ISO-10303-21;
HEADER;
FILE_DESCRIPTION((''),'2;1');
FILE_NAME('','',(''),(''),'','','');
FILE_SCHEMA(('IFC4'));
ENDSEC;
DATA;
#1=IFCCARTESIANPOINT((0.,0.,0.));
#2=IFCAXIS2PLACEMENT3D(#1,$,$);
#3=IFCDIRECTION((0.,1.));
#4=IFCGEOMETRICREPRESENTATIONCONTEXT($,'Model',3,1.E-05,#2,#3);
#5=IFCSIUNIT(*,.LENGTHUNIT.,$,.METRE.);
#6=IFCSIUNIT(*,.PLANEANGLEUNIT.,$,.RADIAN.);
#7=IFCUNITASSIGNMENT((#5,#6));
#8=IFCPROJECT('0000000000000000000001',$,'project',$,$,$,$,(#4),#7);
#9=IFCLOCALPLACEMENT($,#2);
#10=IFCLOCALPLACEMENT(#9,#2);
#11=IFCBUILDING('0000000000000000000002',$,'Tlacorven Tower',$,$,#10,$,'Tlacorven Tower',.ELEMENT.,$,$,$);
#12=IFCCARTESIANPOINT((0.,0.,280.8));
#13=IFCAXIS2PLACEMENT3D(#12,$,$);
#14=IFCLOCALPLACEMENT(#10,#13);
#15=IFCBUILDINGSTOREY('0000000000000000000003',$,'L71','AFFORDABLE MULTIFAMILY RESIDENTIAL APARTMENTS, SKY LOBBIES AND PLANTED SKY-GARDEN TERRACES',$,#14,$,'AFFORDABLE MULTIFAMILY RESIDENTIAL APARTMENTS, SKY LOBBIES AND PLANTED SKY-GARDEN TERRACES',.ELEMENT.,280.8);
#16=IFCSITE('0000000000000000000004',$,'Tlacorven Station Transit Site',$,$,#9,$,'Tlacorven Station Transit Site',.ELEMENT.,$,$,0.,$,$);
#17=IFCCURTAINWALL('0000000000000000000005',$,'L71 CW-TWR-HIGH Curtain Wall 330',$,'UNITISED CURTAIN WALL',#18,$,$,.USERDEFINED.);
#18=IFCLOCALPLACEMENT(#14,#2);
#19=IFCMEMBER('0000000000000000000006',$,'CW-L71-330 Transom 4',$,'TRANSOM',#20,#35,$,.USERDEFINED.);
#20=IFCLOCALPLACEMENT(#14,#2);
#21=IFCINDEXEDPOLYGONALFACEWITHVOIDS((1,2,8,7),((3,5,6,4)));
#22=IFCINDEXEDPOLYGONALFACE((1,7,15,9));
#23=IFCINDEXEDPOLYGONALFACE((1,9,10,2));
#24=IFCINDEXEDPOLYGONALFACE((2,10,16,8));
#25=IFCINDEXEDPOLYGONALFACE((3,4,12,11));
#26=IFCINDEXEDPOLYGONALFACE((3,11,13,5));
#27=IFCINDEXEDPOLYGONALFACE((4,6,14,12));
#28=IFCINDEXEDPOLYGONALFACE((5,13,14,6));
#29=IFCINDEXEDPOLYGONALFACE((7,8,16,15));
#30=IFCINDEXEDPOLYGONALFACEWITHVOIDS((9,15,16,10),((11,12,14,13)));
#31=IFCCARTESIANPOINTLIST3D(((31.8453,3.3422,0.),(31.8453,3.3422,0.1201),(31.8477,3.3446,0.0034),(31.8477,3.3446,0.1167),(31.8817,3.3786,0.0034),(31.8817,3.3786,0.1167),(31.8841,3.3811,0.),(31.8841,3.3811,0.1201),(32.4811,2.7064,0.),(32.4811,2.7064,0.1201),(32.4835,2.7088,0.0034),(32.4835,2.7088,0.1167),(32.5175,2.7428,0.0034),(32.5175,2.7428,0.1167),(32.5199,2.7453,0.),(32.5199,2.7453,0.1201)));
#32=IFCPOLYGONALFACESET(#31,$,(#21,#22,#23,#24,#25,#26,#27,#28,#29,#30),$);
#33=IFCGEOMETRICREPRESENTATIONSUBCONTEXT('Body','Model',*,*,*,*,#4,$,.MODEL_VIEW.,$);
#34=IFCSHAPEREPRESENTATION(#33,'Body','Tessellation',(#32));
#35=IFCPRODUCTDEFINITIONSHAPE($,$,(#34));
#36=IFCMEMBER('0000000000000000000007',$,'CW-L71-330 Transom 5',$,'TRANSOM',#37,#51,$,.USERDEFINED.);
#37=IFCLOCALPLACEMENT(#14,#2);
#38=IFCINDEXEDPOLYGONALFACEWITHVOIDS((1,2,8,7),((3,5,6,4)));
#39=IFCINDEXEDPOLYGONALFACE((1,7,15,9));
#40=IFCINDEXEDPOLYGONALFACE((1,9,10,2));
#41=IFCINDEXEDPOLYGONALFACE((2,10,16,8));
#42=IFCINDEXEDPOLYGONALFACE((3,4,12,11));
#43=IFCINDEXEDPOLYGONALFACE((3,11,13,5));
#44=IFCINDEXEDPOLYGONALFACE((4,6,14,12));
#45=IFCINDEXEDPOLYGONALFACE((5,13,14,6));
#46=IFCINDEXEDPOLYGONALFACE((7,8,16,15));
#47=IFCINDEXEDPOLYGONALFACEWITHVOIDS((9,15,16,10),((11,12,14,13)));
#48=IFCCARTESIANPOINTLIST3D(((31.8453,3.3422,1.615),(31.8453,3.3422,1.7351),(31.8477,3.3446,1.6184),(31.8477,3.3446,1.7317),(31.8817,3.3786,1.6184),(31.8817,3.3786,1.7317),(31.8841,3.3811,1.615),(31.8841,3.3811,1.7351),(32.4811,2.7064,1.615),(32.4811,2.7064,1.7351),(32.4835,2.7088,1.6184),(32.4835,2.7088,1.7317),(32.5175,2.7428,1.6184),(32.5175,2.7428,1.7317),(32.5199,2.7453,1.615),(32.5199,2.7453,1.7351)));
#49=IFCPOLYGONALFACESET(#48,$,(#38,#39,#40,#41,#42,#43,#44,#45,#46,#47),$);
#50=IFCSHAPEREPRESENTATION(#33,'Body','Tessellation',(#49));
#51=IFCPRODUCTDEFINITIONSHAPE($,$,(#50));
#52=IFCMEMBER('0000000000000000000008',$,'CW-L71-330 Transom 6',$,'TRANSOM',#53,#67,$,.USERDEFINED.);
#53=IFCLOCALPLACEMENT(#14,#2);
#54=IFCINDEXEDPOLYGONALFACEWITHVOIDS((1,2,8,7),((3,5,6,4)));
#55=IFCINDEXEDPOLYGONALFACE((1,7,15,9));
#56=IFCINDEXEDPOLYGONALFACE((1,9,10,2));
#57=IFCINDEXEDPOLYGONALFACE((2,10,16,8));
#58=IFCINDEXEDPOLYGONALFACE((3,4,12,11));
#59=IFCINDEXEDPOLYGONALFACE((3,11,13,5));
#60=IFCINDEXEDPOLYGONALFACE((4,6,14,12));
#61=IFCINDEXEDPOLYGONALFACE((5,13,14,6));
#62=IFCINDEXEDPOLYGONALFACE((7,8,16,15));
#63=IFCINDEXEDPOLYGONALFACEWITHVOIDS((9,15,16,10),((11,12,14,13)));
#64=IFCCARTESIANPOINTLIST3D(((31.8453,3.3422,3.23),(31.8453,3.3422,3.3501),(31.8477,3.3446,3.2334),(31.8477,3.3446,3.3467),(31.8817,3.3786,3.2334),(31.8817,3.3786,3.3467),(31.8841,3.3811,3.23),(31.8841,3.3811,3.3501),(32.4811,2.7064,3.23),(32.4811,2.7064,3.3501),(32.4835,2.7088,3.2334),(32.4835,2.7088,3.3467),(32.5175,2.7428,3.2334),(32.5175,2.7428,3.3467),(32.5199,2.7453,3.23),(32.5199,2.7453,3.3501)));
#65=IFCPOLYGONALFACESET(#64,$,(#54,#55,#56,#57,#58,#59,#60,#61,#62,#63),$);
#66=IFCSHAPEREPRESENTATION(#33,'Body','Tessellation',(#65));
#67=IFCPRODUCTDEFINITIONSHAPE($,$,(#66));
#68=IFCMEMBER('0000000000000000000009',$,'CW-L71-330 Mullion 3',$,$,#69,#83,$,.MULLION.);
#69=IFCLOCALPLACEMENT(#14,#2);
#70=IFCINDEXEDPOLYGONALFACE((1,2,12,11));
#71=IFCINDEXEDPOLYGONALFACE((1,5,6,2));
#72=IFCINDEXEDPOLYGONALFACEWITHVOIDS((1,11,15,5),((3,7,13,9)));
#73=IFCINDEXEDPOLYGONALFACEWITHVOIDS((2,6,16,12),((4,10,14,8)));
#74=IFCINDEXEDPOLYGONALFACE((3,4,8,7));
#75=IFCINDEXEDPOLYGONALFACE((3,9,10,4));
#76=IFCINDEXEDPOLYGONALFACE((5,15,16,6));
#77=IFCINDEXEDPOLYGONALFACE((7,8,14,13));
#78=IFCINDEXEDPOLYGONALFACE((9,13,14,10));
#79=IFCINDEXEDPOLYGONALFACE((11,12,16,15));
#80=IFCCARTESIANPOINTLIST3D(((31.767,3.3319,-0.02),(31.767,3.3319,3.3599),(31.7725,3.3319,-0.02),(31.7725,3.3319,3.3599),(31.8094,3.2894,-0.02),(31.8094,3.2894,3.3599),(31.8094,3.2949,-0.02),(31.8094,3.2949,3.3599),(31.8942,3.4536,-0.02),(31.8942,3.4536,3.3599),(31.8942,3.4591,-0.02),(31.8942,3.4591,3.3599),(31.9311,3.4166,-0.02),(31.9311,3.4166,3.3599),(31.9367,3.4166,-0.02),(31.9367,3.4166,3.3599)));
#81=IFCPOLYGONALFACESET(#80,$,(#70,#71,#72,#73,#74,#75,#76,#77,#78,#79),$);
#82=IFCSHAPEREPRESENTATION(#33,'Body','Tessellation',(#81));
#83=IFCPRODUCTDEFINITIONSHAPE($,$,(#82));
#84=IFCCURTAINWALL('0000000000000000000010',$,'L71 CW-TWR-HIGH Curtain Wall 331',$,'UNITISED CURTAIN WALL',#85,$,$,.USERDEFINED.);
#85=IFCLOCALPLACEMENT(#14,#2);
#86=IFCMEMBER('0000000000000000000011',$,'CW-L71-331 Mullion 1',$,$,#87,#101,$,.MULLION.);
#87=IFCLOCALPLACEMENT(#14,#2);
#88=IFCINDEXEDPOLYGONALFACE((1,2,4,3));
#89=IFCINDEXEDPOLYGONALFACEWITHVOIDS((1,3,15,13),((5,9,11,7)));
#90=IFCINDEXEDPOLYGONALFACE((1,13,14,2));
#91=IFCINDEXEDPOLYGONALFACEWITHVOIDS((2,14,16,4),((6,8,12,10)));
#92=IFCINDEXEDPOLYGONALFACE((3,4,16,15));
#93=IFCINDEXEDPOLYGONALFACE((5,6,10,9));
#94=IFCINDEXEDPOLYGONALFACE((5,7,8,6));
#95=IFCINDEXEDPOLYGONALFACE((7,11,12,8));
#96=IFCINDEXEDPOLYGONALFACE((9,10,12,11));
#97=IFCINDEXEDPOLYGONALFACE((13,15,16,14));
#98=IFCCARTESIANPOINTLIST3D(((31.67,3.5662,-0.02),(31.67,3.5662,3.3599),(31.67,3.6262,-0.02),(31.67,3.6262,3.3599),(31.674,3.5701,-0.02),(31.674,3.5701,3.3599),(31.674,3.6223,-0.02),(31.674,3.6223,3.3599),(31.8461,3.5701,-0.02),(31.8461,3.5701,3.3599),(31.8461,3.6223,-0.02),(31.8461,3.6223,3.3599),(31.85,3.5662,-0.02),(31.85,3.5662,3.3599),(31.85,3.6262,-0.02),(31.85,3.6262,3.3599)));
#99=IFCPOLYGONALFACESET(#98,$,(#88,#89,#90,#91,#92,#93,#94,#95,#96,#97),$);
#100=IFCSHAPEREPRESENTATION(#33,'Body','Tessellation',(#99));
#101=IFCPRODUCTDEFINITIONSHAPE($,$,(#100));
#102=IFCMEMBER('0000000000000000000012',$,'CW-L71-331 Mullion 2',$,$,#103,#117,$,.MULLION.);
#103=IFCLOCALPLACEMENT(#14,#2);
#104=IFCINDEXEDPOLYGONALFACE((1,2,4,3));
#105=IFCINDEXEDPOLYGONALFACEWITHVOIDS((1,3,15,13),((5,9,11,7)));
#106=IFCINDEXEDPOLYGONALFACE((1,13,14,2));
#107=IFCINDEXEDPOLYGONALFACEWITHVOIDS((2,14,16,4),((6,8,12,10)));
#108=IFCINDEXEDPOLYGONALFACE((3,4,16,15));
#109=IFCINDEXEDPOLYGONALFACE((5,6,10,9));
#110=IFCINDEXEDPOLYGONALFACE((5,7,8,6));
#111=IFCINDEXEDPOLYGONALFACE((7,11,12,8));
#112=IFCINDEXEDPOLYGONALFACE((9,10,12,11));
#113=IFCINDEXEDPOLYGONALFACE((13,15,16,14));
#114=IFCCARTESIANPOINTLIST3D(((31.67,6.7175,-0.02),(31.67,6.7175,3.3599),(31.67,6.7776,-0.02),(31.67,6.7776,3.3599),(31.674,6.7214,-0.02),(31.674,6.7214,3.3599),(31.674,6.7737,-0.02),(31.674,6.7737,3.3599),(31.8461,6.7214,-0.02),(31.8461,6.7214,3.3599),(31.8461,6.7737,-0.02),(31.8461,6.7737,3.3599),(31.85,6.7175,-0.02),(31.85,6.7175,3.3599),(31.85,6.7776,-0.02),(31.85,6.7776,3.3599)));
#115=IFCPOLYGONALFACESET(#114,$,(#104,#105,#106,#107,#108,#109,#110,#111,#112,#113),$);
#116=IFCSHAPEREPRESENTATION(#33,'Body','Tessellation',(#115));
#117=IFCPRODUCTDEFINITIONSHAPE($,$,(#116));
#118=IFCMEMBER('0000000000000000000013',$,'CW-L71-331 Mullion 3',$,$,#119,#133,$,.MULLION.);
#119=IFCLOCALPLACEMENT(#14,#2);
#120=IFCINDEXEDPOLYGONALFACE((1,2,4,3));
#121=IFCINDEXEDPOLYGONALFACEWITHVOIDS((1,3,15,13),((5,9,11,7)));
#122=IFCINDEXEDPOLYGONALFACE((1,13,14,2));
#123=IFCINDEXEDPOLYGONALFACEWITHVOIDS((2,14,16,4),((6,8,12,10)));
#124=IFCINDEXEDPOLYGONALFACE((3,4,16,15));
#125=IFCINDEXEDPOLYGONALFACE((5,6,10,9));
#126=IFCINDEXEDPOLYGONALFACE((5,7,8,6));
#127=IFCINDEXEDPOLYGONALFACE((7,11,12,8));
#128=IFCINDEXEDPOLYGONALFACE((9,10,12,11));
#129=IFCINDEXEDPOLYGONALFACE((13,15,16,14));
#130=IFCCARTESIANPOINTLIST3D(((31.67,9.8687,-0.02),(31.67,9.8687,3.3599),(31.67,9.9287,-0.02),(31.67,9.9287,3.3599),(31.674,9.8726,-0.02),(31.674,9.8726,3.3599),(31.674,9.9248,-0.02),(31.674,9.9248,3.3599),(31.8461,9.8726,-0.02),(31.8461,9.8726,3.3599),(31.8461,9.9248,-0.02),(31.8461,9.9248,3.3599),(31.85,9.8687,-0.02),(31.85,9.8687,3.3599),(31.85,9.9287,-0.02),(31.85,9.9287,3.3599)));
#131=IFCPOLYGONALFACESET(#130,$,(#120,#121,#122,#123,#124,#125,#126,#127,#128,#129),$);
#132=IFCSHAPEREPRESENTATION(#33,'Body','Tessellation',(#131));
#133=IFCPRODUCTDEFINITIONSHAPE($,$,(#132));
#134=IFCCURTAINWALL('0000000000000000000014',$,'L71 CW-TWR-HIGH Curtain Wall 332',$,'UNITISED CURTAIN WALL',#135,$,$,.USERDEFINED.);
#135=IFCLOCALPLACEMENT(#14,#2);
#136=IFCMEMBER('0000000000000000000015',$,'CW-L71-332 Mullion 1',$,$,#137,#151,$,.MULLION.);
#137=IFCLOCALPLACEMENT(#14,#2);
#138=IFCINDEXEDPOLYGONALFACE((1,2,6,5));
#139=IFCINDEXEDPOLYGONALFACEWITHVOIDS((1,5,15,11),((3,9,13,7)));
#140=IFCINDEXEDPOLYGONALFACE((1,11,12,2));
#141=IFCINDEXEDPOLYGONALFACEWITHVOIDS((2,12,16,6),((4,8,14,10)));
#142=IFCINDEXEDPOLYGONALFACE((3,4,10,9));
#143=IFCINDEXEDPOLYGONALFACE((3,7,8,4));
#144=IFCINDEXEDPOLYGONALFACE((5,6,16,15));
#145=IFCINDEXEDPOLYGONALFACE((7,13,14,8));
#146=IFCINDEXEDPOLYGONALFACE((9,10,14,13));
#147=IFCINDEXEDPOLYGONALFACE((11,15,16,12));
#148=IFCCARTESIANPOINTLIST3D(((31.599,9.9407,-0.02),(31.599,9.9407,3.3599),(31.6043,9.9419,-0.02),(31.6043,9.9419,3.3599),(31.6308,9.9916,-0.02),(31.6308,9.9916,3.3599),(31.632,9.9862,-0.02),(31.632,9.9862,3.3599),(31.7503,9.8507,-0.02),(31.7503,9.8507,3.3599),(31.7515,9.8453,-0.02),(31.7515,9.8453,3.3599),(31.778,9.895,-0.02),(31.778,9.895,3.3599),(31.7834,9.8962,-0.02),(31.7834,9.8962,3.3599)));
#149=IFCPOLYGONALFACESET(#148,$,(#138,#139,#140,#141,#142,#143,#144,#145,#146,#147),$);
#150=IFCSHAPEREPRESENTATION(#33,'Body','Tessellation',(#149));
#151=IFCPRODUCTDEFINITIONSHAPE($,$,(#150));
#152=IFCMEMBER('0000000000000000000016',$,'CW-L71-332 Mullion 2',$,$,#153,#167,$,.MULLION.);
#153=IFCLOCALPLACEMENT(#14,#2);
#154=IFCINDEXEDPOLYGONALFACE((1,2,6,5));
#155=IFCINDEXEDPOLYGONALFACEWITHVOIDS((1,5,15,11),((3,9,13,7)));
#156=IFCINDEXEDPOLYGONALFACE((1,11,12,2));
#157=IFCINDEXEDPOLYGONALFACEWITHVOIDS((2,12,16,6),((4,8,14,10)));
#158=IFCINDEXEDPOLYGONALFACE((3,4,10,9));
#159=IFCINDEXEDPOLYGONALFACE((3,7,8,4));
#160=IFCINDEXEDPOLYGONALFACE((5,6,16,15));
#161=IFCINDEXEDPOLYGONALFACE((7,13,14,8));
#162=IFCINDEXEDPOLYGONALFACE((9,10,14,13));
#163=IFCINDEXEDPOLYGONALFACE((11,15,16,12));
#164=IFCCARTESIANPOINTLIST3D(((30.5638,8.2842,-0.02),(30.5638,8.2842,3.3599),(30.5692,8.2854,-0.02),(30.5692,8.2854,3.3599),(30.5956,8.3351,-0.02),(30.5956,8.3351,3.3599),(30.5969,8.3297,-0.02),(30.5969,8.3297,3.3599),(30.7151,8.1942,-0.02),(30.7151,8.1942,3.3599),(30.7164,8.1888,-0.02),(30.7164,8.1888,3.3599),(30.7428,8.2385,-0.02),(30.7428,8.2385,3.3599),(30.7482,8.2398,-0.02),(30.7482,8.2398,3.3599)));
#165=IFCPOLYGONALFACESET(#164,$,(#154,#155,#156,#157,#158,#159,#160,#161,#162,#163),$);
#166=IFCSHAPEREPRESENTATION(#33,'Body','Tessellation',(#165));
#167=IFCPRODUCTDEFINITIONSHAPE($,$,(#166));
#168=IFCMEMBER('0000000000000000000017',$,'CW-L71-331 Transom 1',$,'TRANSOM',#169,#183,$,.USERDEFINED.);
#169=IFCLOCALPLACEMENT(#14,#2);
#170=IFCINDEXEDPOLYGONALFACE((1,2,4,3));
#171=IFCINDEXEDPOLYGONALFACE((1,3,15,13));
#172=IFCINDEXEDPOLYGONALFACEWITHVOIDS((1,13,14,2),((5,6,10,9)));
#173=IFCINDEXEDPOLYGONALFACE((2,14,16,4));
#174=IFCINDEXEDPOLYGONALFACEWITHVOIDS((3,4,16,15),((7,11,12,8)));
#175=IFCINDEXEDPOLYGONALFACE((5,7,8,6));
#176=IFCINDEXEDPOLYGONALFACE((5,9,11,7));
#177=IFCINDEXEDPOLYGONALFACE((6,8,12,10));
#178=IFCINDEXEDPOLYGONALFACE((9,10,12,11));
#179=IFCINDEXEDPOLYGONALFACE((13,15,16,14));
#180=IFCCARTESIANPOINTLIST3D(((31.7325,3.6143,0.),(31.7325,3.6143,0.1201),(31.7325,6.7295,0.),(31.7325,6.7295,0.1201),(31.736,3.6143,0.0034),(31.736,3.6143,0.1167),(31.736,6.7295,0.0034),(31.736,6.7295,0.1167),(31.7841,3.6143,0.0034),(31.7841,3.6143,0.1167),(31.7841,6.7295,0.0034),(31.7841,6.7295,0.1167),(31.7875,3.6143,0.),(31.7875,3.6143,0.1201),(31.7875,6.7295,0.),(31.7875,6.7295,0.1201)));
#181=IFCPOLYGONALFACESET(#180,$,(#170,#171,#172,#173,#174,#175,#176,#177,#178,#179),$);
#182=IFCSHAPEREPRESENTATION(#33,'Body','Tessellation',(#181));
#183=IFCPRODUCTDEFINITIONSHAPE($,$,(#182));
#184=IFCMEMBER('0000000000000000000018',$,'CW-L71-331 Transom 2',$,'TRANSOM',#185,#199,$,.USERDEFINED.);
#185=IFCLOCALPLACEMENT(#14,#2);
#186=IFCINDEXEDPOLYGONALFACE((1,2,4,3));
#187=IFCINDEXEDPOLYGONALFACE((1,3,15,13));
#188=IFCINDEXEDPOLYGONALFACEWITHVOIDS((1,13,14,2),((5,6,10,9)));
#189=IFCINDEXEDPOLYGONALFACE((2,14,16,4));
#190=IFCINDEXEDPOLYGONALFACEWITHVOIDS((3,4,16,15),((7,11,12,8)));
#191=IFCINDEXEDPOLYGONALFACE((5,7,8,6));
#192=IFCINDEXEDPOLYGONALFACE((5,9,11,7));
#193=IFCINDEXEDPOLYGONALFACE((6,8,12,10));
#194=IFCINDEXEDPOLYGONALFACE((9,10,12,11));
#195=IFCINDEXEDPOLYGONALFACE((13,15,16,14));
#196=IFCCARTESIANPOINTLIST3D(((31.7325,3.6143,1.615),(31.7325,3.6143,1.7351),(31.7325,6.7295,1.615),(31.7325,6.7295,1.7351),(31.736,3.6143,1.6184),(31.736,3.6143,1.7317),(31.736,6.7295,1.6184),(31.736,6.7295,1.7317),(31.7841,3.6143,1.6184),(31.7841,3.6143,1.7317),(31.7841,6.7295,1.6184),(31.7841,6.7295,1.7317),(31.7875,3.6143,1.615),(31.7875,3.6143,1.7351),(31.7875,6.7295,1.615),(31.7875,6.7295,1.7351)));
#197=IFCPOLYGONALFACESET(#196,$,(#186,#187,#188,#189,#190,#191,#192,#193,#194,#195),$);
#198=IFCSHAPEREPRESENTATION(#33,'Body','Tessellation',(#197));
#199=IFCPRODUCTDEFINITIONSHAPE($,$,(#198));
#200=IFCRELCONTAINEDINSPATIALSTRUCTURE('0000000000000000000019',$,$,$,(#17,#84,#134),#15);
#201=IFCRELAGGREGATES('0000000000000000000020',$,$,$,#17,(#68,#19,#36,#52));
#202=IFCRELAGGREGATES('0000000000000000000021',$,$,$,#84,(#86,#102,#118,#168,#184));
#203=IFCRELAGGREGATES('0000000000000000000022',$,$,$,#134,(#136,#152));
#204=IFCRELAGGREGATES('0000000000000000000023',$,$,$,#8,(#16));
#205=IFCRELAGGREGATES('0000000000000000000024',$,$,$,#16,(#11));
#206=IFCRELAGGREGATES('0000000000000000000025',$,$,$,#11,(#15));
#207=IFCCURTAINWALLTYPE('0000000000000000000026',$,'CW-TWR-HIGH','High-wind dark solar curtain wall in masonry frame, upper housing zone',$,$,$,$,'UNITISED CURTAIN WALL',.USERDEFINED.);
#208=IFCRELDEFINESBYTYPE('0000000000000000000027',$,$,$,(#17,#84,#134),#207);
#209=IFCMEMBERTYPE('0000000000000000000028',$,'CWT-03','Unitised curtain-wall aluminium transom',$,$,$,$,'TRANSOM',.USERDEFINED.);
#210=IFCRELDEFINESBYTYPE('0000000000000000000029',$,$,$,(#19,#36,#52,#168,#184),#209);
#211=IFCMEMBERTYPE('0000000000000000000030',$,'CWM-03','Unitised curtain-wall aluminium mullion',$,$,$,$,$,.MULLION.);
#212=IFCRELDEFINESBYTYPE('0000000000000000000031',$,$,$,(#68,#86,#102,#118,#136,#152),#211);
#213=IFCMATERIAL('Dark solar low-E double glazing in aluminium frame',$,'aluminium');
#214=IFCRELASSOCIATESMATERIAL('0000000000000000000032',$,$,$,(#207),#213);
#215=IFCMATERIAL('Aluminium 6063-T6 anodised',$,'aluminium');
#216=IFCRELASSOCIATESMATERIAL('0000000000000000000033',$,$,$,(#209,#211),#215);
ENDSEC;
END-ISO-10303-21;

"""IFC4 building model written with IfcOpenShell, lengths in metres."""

from ifc_helpers import new_model, si_unit, direction, frame, origin, origin_2d, place, context, subcontext, project, spatial, hollow_rectangle, extrude, source, transform, mapped, material, material_profile, profile_set, type_object, element, aggregate, save


model = new_model("IFC4")

# Units and contexts
model_context = context("Model", 3, precision=1e-05, world=origin(), true_north=direction((0.0, 1.0)))
body_context = subcontext(model_context, "Body", "Model", "MODEL_VIEW")
ifc_project = project(units=[si_unit("LENGTHUNIT", "METRE"), si_unit("PLANEANGLEUNIT", "RADIAN")], contexts=[model_context])

# Site, building, storey
site_placement = place(None, origin())
site = spatial("IfcSite", under=ifc_project, at=site_placement, Name="Tlacorven Station Transit Site", LongName="Tlacorven Station Transit Site", CompositionType="ELEMENT", RefElevation=0.0)
building_placement = place(site_placement, origin())
building = spatial("IfcBuilding", under=site, at=building_placement, Name="Tlacorven Tower", LongName="Tlacorven Tower", CompositionType="ELEMENT")
storey_placement = place(building_placement, frame((0.0, 0.0, 280.8)))
storey = spatial("IfcBuildingStorey", under=building, at=storey_placement, Name="L71", Description="AFFORDABLE MULTIFAMILY RESIDENTIAL APARTMENTS, SKY LOBBIES AND PLANTED SKY-GARDEN TERRACES", LongName="AFFORDABLE MULTIFAMILY RESIDENTIAL APARTMENTS, SKY LOBBIES AND PLANTED SKY-GARDEN TERRACES", CompositionType="ELEMENT", Elevation=280.8)

# Curtain walls, members
ifc_material_1 = material(Name="Dark solar low-E double glazing in aluminium frame", Category="aluminium")
curtain_wall_type = type_object("IfcCurtainWallType", Name="CW-TWR-HIGH", Description="High-wind dark solar curtain wall in masonry frame, upper housing zone", ElementType="UNITISED CURTAIN WALL", PredefinedType="USERDEFINED", material=ifc_material_1)
curtain_wall_1_placement = place(storey_placement, origin())
curtain_wall_1 = element("IfcCurtainWall", 1, at=curtain_wall_1_placement, inside=storey, type_object=curtain_wall_type, Name="L71 CW-TWR-HIGH Curtain Wall 330", ObjectType="UNITISED CURTAIN WALL", PredefinedType="USERDEFINED")
ifc_material_2 = material(Name="Aluminium 6063-T6 anodised", Category="aluminium")
ifc_material_profile_1 = material_profile(ifc_material_2, hollow_rectangle(XDim=0.0549, YDim=0.1201, WallThickness=0.0034, at=origin_2d()), Name="ALU TRANSOM 55X120")
ifc_profile_set_1 = profile_set([ifc_material_profile_1], Name="Aluminium 6063-T6 anodised")
member_type_1 = type_object("IfcMemberType", Name="CWT-03", Description="Unitised curtain-wall aluminium transom", ElementType="TRANSOM", PredefinedType="USERDEFINED", material=ifc_profile_set_1)
shared_shape_1 = source(origin(), body_context, "Body", "SweptSolid", [
    extrude(hollow_rectangle(XDim=0.0549, YDim=0.1201, WallThickness=0.0034, at=origin_2d()), origin(), (0.0, 0.0, 1.0), 0.8992),
])
member_1_placement = place(storey_placement, frame((32.5005, 2.7258, 0.0601), z_axis=(-0.707107, 0.707107, 0.0), x_axis=(-0.707107, -0.707107, 0.0)))
member_1 = element("IfcMember", 2, at=member_1_placement, type_object=member_type_1, Name="CW-L71-330 Transom 4", ObjectType="TRANSOM", PredefinedType="USERDEFINED", context=body_context, shape_type="MappedRepresentation", body=[
    mapped(shared_shape_1, transform((0.0, 0.0, 0.0), scale=1.0)),
])
member_2_placement = place(storey_placement, frame((32.5005, 2.7258, 1.675), z_axis=(-0.707107, 0.707107, 0.0), x_axis=(-0.707107, -0.707107, 0.0)))
member_2 = element("IfcMember", 3, at=member_2_placement, type_object=member_type_1, Name="CW-L71-330 Transom 5", ObjectType="TRANSOM", PredefinedType="USERDEFINED", context=body_context, shape_type="MappedRepresentation", body=[
    mapped(shared_shape_1, transform((0.0, 0.0, 0.0), scale=1.0)),
])
member_3_placement = place(storey_placement, frame((32.5005, 2.7258, 3.29), z_axis=(-0.707107, 0.707107, 0.0), x_axis=(-0.707107, -0.707107, 0.0)))
member_3 = element("IfcMember", 4, at=member_3_placement, type_object=member_type_1, Name="CW-L71-330 Transom 6", ObjectType="TRANSOM", PredefinedType="USERDEFINED", context=body_context, shape_type="MappedRepresentation", body=[
    mapped(shared_shape_1, transform((0.0, 0.0, 0.0), scale=1.0)),
])
ifc_material_profile_2 = material_profile(ifc_material_2, hollow_rectangle(XDim=0.0601, YDim=0.1799, WallThickness=0.0039, at=origin_2d()), Name="ALU MULLION 60X180")
ifc_profile_set_2 = profile_set([ifc_material_profile_2], Name="Aluminium 6063-T6 anodised")
member_type_2 = type_object("IfcMemberType", Name="CWM-03", Description="Unitised curtain-wall aluminium mullion", PredefinedType="MULLION", material=ifc_profile_set_2)
shared_shape_2 = source(origin(), body_context, "Body", "SweptSolid", [
    extrude(hollow_rectangle(XDim=0.0601, YDim=0.1799, WallThickness=0.0039, at=origin_2d()), origin(), (0.0, 0.0, 1.0), 3.3799),
])
member_4_placement = place(storey_placement, frame((31.8518, 3.3743, -0.02), z_axis=(0.0, 0.0, 1.0), x_axis=(-0.707107, 0.707107, 0.0)))
member_4 = element("IfcMember", 5, at=member_4_placement, type_object=member_type_2, Name="CW-L71-330 Mullion 3", PredefinedType="MULLION", context=body_context, shape_type="MappedRepresentation", body=[
    mapped(shared_shape_2, transform((0.0, 0.0, 0.0), scale=1.0)),
])
curtain_wall_2_placement = place(storey_placement, origin())
curtain_wall_2 = element("IfcCurtainWall", 6, at=curtain_wall_2_placement, inside=storey, type_object=curtain_wall_type, Name="L71 CW-TWR-HIGH Curtain Wall 331", ObjectType="UNITISED CURTAIN WALL", PredefinedType="USERDEFINED")
member_5_placement = place(storey_placement, frame((31.76, 3.5962, -0.02), z_axis=(0.0, 0.0, 1.0), x_axis=(0.0, 1.0, 0.0)))
member_5 = element("IfcMember", 7, at=member_5_placement, type_object=member_type_2, Name="CW-L71-331 Mullion 1", PredefinedType="MULLION", context=body_context, shape_type="MappedRepresentation", body=[
    mapped(shared_shape_2, transform((0.0, 0.0, 0.0), scale=1.0)),
])
member_6_placement = place(storey_placement, frame((31.76, 6.7476, -0.02), z_axis=(0.0, 0.0, 1.0), x_axis=(0.0, 1.0, 0.0)))
member_6 = element("IfcMember", 8, at=member_6_placement, type_object=member_type_2, Name="CW-L71-331 Mullion 2", PredefinedType="MULLION", context=body_context, shape_type="MappedRepresentation", body=[
    mapped(shared_shape_2, transform((0.0, 0.0, 0.0), scale=1.0)),
])
member_7_placement = place(storey_placement, frame((31.76, 9.8987, -0.02), z_axis=(0.0, 0.0, 1.0), x_axis=(0.0, 1.0, 0.0)))
member_7 = element("IfcMember", 9, at=member_7_placement, type_object=member_type_2, Name="CW-L71-331 Mullion 3", PredefinedType="MULLION", context=body_context, shape_type="MappedRepresentation", body=[
    mapped(shared_shape_2, transform((0.0, 0.0, 0.0), scale=1.0)),
])
curtain_wall_3_placement = place(storey_placement, origin())
curtain_wall_3 = element("IfcCurtainWall", 10, at=curtain_wall_3_placement, inside=storey, type_object=curtain_wall_type, Name="L71 CW-TWR-HIGH Curtain Wall 332", ObjectType="UNITISED CURTAIN WALL", PredefinedType="USERDEFINED")
member_8_placement = place(storey_placement, frame((31.6912, 9.9185, -0.02), z_axis=(0.0, 0.0, 1.0), x_axis=(-0.529919, -0.848048, 0.0)))
member_8 = element("IfcMember", 11, at=member_8_placement, type_object=member_type_2, Name="CW-L71-332 Mullion 1", PredefinedType="MULLION", context=body_context, shape_type="MappedRepresentation", body=[
    mapped(shared_shape_2, transform((0.0, 0.0, 0.0), scale=1.0)),
])
member_9_placement = place(storey_placement, frame((30.656, 8.262, -0.02), z_axis=(0.0, 0.0, 1.0), x_axis=(-0.529919, -0.848048, 0.0)))
member_9 = element("IfcMember", 12, at=member_9_placement, type_object=member_type_2, Name="CW-L71-332 Mullion 2", PredefinedType="MULLION", context=body_context, shape_type="MappedRepresentation", body=[
    mapped(shared_shape_2, transform((0.0, 0.0, 0.0), scale=1.0)),
])

# Members
shared_shape_3 = source(origin(), body_context, "Body", "SweptSolid", [
    extrude(hollow_rectangle(XDim=0.0549, YDim=0.1201, WallThickness=0.0034, at=origin_2d()), origin(), (0.0, 0.0, 1.0), 3.1152),
])
member_10_placement = place(storey_placement, frame((31.76, 3.6143, 0.0601), z_axis=(0.0, 1.0, 0.0), x_axis=(-1.0, 0.0, 0.0)))
member_10 = element("IfcMember", 13, at=member_10_placement, type_object=member_type_1, Name="CW-L71-331 Transom 1", ObjectType="TRANSOM", PredefinedType="USERDEFINED", context=body_context, shape_type="MappedRepresentation", body=[
    mapped(shared_shape_3, transform((0.0, 0.0, 0.0), scale=1.0)),
])
member_11_placement = place(storey_placement, frame((31.76, 3.6143, 1.675), z_axis=(0.0, 1.0, 0.0), x_axis=(-1.0, 0.0, 0.0)))
member_11 = element("IfcMember", 14, at=member_11_placement, type_object=member_type_1, Name="CW-L71-331 Transom 2", ObjectType="TRANSOM", PredefinedType="USERDEFINED", context=body_context, shape_type="MappedRepresentation", body=[
    mapped(shared_shape_3, transform((0.0, 0.0, 0.0), scale=1.0)),
])

aggregate(curtain_wall_1, [member_4, member_1, member_2, member_3])
aggregate(curtain_wall_2, [member_5, member_6, member_7, member_10, member_11])
aggregate(curtain_wall_3, [member_8, member_9])

save(model, "model.ifc")
